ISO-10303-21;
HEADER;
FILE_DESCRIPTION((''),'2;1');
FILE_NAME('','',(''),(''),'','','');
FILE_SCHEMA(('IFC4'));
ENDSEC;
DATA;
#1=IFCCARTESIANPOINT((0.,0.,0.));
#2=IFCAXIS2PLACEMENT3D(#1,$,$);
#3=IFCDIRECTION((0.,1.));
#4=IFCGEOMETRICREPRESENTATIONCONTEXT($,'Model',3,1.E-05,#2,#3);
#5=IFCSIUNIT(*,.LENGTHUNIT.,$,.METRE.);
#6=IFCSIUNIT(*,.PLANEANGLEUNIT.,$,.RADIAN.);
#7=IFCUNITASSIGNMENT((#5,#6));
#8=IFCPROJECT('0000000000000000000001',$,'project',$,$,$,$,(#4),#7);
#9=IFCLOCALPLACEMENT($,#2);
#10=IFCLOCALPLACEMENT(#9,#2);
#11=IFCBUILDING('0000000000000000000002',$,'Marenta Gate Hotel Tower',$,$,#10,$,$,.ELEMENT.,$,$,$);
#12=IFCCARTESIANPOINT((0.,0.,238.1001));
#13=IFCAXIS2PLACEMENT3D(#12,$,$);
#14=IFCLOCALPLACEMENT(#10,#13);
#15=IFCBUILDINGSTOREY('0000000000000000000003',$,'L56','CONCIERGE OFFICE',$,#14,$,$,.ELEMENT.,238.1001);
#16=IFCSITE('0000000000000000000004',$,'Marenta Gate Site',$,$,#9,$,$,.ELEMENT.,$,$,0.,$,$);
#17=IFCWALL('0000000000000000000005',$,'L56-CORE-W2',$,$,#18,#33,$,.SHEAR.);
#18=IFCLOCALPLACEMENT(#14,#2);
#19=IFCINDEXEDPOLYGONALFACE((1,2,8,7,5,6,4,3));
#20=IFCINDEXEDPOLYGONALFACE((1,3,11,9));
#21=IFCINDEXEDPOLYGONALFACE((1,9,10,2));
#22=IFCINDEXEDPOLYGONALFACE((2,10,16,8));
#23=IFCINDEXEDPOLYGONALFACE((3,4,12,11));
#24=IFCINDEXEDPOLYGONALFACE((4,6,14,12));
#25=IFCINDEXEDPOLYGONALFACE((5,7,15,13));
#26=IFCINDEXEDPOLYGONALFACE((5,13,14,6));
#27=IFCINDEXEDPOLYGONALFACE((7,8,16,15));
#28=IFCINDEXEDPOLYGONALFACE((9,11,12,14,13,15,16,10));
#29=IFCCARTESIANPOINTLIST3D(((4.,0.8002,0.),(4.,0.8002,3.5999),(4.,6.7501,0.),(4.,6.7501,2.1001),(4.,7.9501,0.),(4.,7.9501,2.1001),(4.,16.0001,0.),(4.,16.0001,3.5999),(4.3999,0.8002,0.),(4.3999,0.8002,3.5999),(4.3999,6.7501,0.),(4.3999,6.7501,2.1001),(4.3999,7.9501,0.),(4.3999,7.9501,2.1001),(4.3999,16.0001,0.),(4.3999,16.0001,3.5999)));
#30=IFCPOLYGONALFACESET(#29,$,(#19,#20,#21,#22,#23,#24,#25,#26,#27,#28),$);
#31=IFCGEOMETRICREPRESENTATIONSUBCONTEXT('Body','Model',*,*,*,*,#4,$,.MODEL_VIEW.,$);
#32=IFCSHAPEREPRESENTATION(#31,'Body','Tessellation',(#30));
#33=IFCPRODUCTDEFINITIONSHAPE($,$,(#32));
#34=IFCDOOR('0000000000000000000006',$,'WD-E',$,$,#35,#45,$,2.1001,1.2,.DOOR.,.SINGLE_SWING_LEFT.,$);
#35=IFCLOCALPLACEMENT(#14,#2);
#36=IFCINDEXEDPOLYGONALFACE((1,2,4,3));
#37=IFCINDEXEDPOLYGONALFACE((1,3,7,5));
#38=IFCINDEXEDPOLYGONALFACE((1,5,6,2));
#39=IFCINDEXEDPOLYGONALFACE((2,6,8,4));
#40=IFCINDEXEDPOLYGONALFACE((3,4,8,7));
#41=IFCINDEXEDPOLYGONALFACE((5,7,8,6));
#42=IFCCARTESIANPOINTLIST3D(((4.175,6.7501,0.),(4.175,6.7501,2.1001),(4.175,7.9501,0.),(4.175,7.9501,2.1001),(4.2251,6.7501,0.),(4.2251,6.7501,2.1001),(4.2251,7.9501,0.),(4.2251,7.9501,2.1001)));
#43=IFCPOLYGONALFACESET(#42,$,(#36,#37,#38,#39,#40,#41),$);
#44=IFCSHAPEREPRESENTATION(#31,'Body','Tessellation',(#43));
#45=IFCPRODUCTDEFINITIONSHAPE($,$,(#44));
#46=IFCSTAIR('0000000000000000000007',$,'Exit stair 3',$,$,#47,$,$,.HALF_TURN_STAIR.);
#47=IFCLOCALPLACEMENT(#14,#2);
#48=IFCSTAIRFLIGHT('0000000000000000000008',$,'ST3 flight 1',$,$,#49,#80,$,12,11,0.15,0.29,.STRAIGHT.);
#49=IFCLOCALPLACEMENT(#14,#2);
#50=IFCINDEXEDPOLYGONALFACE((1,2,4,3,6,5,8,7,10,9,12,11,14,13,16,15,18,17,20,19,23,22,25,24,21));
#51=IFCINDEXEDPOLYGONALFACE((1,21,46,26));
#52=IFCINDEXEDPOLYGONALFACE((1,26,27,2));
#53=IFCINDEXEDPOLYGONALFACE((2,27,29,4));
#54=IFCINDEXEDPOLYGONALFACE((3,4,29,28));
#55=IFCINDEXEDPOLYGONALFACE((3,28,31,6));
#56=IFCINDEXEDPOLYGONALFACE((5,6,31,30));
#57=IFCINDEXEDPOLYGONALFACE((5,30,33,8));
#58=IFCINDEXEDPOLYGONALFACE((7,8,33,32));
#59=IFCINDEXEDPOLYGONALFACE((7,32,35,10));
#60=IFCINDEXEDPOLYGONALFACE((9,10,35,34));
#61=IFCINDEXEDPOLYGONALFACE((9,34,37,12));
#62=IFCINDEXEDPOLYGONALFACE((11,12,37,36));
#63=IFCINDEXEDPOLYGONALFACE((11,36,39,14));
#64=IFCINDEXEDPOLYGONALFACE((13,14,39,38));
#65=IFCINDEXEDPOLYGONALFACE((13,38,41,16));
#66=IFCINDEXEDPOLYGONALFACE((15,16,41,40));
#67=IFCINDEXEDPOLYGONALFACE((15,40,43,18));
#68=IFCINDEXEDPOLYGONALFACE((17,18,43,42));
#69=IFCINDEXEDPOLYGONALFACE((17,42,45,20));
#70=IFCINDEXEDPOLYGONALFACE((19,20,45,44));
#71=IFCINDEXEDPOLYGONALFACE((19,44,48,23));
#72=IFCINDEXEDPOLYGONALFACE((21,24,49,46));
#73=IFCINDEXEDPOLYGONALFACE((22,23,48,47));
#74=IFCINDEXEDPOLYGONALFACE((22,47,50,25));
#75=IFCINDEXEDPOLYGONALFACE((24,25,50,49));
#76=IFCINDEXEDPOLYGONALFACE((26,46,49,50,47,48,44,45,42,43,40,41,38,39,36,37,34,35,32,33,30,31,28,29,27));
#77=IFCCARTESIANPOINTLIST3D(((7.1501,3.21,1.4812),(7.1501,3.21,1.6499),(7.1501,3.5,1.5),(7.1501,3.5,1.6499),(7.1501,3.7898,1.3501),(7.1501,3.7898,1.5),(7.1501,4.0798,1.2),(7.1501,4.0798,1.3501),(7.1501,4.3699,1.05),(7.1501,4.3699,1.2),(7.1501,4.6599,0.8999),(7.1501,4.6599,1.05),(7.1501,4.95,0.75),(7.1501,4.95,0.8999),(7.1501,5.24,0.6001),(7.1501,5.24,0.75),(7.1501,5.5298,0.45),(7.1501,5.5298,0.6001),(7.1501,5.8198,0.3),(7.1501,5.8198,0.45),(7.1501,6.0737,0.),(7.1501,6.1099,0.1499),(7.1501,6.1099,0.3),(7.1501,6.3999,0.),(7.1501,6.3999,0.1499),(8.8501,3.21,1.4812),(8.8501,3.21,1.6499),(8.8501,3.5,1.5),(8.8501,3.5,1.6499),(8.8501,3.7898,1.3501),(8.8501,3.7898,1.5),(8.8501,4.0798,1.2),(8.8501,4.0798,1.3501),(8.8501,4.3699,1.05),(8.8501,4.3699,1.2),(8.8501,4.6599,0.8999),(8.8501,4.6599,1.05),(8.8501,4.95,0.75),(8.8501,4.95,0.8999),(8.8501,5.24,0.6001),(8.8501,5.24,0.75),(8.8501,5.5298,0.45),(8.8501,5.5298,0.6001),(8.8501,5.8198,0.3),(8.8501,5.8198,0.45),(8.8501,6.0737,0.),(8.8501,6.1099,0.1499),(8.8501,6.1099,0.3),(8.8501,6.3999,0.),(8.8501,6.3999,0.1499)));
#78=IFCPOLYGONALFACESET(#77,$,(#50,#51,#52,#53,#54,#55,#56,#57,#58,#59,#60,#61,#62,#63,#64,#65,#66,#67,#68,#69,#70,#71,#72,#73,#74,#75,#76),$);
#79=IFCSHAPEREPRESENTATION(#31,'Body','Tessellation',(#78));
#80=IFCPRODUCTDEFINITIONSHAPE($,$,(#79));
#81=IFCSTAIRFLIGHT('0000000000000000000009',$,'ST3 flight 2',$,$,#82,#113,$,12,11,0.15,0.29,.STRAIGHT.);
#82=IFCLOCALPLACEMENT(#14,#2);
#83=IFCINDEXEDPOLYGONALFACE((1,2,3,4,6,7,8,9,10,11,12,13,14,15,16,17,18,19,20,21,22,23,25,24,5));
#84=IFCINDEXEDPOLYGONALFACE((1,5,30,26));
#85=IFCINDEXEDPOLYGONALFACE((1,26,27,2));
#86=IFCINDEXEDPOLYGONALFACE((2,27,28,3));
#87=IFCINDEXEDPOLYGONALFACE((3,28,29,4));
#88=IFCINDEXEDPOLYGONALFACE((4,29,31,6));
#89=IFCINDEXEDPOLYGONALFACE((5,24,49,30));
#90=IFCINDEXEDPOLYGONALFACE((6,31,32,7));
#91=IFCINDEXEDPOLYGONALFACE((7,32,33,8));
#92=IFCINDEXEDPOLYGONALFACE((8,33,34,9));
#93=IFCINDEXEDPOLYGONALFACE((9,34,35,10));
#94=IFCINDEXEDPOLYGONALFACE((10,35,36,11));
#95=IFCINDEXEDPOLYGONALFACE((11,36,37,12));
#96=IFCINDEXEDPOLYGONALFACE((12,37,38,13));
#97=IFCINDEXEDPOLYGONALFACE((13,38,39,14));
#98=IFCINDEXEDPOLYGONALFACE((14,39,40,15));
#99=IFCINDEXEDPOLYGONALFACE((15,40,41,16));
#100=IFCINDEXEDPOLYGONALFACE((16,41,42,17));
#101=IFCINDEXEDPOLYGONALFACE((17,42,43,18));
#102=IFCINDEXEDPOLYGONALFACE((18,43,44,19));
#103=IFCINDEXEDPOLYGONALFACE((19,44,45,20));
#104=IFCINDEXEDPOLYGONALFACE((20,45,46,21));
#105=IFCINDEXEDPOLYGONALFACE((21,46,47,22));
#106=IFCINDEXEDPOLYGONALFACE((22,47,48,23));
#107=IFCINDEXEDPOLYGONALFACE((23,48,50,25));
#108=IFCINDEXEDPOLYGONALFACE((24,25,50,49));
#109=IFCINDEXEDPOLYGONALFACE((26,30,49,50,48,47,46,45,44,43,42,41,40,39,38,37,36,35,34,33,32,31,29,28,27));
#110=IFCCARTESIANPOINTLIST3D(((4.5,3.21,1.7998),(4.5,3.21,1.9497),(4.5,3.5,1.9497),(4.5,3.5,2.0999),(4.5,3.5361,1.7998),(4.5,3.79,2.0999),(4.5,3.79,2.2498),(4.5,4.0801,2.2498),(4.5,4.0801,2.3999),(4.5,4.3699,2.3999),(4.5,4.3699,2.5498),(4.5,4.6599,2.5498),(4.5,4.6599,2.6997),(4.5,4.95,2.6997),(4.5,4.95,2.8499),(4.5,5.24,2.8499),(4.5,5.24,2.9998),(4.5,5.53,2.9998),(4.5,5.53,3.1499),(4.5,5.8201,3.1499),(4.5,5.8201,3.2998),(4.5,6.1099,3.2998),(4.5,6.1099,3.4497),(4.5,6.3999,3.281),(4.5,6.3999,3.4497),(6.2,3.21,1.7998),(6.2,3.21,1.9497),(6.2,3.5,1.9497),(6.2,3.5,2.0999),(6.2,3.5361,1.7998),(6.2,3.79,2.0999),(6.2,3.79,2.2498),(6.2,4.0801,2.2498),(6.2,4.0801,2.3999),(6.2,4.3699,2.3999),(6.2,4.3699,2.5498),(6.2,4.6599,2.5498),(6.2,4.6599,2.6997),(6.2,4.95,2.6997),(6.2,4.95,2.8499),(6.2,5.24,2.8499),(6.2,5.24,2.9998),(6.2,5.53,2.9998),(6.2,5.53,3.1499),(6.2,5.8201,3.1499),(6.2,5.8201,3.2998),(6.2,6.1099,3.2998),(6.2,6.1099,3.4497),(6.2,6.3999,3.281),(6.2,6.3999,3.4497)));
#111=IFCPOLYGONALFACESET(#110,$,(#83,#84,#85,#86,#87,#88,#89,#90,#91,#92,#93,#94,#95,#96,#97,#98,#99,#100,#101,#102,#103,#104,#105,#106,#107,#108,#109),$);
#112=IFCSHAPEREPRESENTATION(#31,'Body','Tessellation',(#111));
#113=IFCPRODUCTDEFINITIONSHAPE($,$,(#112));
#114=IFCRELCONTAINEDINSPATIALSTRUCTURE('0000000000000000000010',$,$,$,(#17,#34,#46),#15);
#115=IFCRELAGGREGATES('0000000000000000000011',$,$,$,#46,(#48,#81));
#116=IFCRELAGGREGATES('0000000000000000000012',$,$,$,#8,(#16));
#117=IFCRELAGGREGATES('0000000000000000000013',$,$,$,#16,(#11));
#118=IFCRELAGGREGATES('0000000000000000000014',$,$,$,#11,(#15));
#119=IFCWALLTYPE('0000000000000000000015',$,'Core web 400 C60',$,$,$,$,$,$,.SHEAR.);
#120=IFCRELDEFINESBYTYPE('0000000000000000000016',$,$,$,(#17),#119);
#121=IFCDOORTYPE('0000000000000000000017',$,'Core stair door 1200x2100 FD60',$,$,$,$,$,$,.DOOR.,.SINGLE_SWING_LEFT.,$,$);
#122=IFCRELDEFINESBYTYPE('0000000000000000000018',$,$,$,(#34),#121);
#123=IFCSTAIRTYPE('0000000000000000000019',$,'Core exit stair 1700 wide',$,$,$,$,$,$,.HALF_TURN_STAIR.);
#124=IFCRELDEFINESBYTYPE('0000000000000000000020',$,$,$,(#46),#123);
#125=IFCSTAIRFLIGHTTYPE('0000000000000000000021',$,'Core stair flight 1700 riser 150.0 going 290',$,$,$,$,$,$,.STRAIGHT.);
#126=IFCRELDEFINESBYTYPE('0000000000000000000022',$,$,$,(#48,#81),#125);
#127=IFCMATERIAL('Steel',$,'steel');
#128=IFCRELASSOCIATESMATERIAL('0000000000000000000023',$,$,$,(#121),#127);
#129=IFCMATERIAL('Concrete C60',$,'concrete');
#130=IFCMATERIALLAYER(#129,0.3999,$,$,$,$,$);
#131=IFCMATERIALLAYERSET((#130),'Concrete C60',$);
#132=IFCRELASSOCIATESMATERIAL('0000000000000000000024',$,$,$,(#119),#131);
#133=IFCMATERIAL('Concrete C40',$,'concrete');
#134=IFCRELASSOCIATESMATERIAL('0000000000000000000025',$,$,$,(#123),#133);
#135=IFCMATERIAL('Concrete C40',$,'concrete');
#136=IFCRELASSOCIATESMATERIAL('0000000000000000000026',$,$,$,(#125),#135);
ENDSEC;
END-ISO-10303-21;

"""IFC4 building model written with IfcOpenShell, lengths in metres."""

from ifc_helpers import new_model, si_unit, direction, frame, frame_2d, origin, place, context, subcontext, project, spatial, polyline, rectangle, outline, extrude, material, layer, layer_set, type_object, element, fill, aggregate, save


model = new_model("IFC4")

# Units and contexts
model_context = context("Model", 3, precision=1e-05, world=origin(), true_north=direction((0.0, 1.0)))
body_context = subcontext(model_context, "Body", "Model", "MODEL_VIEW")
ifc_project = project(units=[si_unit("LENGTHUNIT", "METRE"), si_unit("PLANEANGLEUNIT", "RADIAN")], contexts=[model_context])

# Site, building, storey
site_placement = place(None, origin())
site = spatial("IfcSite", under=ifc_project, at=site_placement, Name="Marenta Gate Site", CompositionType="ELEMENT", RefElevation=0.0)
building_placement = place(site_placement, origin())
building = spatial("IfcBuilding", under=site, at=building_placement, Name="Marenta Gate Hotel Tower", CompositionType="ELEMENT")
storey_placement = place(building_placement, frame((0.0, 0.0, 238.1001)))
storey = spatial("IfcBuildingStorey", under=building, at=storey_placement, Name="L56", Description="CONCIERGE OFFICE", CompositionType="ELEMENT", Elevation=238.1001)

# Shared definitions
ifc_material_1 = material(Name="Steel", Category="steel")
door_type_1 = type_object("IfcDoorType", Name="Core stair door 1200x2100 FD60", OperationType="SINGLE_SWING_LEFT", PredefinedType="DOOR", material=ifc_material_1)

# Wall, opening, door
ifc_material_2 = material(Name="Concrete C60", Category="concrete")
ifc_layer_1 = layer(ifc_material_2, 0.3999)
ifc_layer_set_1 = layer_set([ifc_layer_1], Name="Concrete C60")
wall_type_1 = type_object("IfcWallType", Name="Core web 400 C60", PredefinedType="SHEAR", material=ifc_layer_set_1)
wall_1_placement = place(storey_placement, frame((4.2, 0.8, 0.0), z_axis=(0.0, 0.0, 1.0), x_axis=(0.0, 1.0, 0.0)))
wall_1 = element("IfcWall", 1, at=wall_1_placement, inside=storey, type_object=wall_type_1, Name="L56-CORE-W2", PredefinedType="SHEAR", context=body_context, shape_type="SweptSolid", body=[
    extrude(rectangle(XDim=15.2, YDim=0.3999, at=frame_2d((7.6001, 0.0))), origin(), (0.0, 0.0, 1.0), 3.5999),
])
opening_1_placement = place(wall_1_placement, frame((5.95, 0.0, 0.0)))
opening_1 = element("IfcOpeningElement", 2, at=opening_1_placement, cuts=wall_1, PredefinedType="OPENING", context=body_context, shape_type="SweptSolid", body=[
    extrude(rectangle(XDim=1.2, YDim=2.1001, at=frame_2d((0.6001, 1.05))), frame((0.0, 0.2, 0.0), z_axis=(0.0, -1.0, 0.0), x_axis=(1.0, 0.0, 0.0)), (0.0, 0.0, 1.0), 0.3999),
])
door_1_placement = place(opening_1_placement, origin())
door_1 = element("IfcDoor", 3, at=door_1_placement, inside=storey, type_object=door_type_1, Name="WD-E", OperationType="SINGLE_SWING_LEFT", OverallHeight=2.1001, OverallWidth=1.2, PredefinedType="DOOR", context=body_context, shape_type="SweptSolid", body=[
    extrude(rectangle(XDim=1.2, YDim=2.1001, at=frame_2d((0.6001, 1.05))), frame((0.0, 0.0249, 0.0), z_axis=(0.0, -1.0, 0.0), x_axis=(1.0, 0.0, 0.0)), (0.0, 0.0, 1.0), 0.05),
])
fill(opening_1, door_1)

# Stair, stair flights
ifc_material_3 = material(Name="Concrete C40", Category="concrete")
stair_type = type_object("IfcStairType", Name="Core exit stair 1700 wide", PredefinedType="HALF_TURN_STAIR", material=ifc_material_3)
stair_placement = place(storey_placement, origin())
stair = element("IfcStair", 4, at=stair_placement, inside=storey, type_object=stair_type, Name="Exit stair 3", PredefinedType="HALF_TURN_STAIR")
ifc_material_4 = material(Name="Concrete C40", Category="concrete")
stair_flight_type = type_object("IfcStairFlightType", Name="Core stair flight 1700 riser 150.0 going 290", PredefinedType="STRAIGHT", material=ifc_material_4)
stair_flight_1_placement = place(storey_placement, frame((8.0, 6.3999, 0.0), z_axis=(0.0, 0.0, 1.0), x_axis=(0.0, -1.0, 0.0)))
stair_flight_1 = element("IfcStairFlight", 5, at=stair_flight_1_placement, type_object=stair_flight_type, Name="ST3 flight 1", NumberOfRisers=12, NumberOfTreads=11, PredefinedType="STRAIGHT", RiserHeight=0.15, TreadLength=0.29, context=body_context, shape_type="SweptSolid", body=[
    extrude(outline(polyline([(0.0, 0.0), (0.0, 0.1499), (0.29, 0.1499), (0.29, 0.3), (0.5801, 0.3), (0.5801, 0.45), (0.8701, 0.45), (0.8701, 0.6001), (1.1599, 0.6001), (1.1599, 0.75), (1.45, 0.75), (1.45, 0.8999), (1.74, 0.8999), (1.74, 1.05), (2.03, 1.05), (2.03, 1.2), (2.3201, 1.2), (2.3201, 1.3501), (2.6101, 1.3501), (2.6101, 1.5), (2.8999, 1.5), (2.8999, 1.6499), (3.1899, 1.6499), (3.1899, 1.8), (3.1899, 1.4812), (0.3262, 0.0), (0.0, 0.0)])), frame((0.0, 0.8501, 0.0), z_axis=(0.0, -1.0, 0.0), x_axis=(1.0, 0.0, 0.0)), (0.0, 0.0, 1.0), 1.7),
])
stair_flight_2_placement = place(storey_placement, frame((5.3501, 3.21, 1.7998), z_axis=(0.0, 0.0, 1.0), x_axis=(0.0, 1.0, 0.0)))
stair_flight_2 = element("IfcStairFlight", 6, at=stair_flight_2_placement, type_object=stair_flight_type, Name="ST3 flight 2", NumberOfRisers=12, NumberOfTreads=11, PredefinedType="STRAIGHT", RiserHeight=0.15, TreadLength=0.29, context=body_context, shape_type="SweptSolid", body=[
    extrude(outline(polyline([(0.0, 0.0), (0.0, 0.1499), (0.29, 0.1499), (0.29, 0.3), (0.5801, 0.3), (0.5801, 0.45), (0.8701, 0.45), (0.8701, 0.6001), (1.1599, 0.6001), (1.1599, 0.75), (1.45, 0.75), (1.45, 0.8999), (1.74, 0.8999), (1.74, 1.05), (2.03, 1.05), (2.03, 1.2), (2.3201, 1.2), (2.3201, 1.3501), (2.6101, 1.3501), (2.6101, 1.5), (2.8999, 1.5), (2.8999, 1.6499), (3.1899, 1.6499), (3.1899, 1.8), (3.1899, 1.4812), (0.3262, 0.0), (0.0, 0.0)])), frame((0.0, 0.8501, 0.0), z_axis=(0.0, -1.0, 0.0), x_axis=(1.0, 0.0, 0.0)), (0.0, 0.0, 1.0), 1.7),
])
aggregate(stair, [stair_flight_1, stair_flight_2])

save(model, "model.ifc")
